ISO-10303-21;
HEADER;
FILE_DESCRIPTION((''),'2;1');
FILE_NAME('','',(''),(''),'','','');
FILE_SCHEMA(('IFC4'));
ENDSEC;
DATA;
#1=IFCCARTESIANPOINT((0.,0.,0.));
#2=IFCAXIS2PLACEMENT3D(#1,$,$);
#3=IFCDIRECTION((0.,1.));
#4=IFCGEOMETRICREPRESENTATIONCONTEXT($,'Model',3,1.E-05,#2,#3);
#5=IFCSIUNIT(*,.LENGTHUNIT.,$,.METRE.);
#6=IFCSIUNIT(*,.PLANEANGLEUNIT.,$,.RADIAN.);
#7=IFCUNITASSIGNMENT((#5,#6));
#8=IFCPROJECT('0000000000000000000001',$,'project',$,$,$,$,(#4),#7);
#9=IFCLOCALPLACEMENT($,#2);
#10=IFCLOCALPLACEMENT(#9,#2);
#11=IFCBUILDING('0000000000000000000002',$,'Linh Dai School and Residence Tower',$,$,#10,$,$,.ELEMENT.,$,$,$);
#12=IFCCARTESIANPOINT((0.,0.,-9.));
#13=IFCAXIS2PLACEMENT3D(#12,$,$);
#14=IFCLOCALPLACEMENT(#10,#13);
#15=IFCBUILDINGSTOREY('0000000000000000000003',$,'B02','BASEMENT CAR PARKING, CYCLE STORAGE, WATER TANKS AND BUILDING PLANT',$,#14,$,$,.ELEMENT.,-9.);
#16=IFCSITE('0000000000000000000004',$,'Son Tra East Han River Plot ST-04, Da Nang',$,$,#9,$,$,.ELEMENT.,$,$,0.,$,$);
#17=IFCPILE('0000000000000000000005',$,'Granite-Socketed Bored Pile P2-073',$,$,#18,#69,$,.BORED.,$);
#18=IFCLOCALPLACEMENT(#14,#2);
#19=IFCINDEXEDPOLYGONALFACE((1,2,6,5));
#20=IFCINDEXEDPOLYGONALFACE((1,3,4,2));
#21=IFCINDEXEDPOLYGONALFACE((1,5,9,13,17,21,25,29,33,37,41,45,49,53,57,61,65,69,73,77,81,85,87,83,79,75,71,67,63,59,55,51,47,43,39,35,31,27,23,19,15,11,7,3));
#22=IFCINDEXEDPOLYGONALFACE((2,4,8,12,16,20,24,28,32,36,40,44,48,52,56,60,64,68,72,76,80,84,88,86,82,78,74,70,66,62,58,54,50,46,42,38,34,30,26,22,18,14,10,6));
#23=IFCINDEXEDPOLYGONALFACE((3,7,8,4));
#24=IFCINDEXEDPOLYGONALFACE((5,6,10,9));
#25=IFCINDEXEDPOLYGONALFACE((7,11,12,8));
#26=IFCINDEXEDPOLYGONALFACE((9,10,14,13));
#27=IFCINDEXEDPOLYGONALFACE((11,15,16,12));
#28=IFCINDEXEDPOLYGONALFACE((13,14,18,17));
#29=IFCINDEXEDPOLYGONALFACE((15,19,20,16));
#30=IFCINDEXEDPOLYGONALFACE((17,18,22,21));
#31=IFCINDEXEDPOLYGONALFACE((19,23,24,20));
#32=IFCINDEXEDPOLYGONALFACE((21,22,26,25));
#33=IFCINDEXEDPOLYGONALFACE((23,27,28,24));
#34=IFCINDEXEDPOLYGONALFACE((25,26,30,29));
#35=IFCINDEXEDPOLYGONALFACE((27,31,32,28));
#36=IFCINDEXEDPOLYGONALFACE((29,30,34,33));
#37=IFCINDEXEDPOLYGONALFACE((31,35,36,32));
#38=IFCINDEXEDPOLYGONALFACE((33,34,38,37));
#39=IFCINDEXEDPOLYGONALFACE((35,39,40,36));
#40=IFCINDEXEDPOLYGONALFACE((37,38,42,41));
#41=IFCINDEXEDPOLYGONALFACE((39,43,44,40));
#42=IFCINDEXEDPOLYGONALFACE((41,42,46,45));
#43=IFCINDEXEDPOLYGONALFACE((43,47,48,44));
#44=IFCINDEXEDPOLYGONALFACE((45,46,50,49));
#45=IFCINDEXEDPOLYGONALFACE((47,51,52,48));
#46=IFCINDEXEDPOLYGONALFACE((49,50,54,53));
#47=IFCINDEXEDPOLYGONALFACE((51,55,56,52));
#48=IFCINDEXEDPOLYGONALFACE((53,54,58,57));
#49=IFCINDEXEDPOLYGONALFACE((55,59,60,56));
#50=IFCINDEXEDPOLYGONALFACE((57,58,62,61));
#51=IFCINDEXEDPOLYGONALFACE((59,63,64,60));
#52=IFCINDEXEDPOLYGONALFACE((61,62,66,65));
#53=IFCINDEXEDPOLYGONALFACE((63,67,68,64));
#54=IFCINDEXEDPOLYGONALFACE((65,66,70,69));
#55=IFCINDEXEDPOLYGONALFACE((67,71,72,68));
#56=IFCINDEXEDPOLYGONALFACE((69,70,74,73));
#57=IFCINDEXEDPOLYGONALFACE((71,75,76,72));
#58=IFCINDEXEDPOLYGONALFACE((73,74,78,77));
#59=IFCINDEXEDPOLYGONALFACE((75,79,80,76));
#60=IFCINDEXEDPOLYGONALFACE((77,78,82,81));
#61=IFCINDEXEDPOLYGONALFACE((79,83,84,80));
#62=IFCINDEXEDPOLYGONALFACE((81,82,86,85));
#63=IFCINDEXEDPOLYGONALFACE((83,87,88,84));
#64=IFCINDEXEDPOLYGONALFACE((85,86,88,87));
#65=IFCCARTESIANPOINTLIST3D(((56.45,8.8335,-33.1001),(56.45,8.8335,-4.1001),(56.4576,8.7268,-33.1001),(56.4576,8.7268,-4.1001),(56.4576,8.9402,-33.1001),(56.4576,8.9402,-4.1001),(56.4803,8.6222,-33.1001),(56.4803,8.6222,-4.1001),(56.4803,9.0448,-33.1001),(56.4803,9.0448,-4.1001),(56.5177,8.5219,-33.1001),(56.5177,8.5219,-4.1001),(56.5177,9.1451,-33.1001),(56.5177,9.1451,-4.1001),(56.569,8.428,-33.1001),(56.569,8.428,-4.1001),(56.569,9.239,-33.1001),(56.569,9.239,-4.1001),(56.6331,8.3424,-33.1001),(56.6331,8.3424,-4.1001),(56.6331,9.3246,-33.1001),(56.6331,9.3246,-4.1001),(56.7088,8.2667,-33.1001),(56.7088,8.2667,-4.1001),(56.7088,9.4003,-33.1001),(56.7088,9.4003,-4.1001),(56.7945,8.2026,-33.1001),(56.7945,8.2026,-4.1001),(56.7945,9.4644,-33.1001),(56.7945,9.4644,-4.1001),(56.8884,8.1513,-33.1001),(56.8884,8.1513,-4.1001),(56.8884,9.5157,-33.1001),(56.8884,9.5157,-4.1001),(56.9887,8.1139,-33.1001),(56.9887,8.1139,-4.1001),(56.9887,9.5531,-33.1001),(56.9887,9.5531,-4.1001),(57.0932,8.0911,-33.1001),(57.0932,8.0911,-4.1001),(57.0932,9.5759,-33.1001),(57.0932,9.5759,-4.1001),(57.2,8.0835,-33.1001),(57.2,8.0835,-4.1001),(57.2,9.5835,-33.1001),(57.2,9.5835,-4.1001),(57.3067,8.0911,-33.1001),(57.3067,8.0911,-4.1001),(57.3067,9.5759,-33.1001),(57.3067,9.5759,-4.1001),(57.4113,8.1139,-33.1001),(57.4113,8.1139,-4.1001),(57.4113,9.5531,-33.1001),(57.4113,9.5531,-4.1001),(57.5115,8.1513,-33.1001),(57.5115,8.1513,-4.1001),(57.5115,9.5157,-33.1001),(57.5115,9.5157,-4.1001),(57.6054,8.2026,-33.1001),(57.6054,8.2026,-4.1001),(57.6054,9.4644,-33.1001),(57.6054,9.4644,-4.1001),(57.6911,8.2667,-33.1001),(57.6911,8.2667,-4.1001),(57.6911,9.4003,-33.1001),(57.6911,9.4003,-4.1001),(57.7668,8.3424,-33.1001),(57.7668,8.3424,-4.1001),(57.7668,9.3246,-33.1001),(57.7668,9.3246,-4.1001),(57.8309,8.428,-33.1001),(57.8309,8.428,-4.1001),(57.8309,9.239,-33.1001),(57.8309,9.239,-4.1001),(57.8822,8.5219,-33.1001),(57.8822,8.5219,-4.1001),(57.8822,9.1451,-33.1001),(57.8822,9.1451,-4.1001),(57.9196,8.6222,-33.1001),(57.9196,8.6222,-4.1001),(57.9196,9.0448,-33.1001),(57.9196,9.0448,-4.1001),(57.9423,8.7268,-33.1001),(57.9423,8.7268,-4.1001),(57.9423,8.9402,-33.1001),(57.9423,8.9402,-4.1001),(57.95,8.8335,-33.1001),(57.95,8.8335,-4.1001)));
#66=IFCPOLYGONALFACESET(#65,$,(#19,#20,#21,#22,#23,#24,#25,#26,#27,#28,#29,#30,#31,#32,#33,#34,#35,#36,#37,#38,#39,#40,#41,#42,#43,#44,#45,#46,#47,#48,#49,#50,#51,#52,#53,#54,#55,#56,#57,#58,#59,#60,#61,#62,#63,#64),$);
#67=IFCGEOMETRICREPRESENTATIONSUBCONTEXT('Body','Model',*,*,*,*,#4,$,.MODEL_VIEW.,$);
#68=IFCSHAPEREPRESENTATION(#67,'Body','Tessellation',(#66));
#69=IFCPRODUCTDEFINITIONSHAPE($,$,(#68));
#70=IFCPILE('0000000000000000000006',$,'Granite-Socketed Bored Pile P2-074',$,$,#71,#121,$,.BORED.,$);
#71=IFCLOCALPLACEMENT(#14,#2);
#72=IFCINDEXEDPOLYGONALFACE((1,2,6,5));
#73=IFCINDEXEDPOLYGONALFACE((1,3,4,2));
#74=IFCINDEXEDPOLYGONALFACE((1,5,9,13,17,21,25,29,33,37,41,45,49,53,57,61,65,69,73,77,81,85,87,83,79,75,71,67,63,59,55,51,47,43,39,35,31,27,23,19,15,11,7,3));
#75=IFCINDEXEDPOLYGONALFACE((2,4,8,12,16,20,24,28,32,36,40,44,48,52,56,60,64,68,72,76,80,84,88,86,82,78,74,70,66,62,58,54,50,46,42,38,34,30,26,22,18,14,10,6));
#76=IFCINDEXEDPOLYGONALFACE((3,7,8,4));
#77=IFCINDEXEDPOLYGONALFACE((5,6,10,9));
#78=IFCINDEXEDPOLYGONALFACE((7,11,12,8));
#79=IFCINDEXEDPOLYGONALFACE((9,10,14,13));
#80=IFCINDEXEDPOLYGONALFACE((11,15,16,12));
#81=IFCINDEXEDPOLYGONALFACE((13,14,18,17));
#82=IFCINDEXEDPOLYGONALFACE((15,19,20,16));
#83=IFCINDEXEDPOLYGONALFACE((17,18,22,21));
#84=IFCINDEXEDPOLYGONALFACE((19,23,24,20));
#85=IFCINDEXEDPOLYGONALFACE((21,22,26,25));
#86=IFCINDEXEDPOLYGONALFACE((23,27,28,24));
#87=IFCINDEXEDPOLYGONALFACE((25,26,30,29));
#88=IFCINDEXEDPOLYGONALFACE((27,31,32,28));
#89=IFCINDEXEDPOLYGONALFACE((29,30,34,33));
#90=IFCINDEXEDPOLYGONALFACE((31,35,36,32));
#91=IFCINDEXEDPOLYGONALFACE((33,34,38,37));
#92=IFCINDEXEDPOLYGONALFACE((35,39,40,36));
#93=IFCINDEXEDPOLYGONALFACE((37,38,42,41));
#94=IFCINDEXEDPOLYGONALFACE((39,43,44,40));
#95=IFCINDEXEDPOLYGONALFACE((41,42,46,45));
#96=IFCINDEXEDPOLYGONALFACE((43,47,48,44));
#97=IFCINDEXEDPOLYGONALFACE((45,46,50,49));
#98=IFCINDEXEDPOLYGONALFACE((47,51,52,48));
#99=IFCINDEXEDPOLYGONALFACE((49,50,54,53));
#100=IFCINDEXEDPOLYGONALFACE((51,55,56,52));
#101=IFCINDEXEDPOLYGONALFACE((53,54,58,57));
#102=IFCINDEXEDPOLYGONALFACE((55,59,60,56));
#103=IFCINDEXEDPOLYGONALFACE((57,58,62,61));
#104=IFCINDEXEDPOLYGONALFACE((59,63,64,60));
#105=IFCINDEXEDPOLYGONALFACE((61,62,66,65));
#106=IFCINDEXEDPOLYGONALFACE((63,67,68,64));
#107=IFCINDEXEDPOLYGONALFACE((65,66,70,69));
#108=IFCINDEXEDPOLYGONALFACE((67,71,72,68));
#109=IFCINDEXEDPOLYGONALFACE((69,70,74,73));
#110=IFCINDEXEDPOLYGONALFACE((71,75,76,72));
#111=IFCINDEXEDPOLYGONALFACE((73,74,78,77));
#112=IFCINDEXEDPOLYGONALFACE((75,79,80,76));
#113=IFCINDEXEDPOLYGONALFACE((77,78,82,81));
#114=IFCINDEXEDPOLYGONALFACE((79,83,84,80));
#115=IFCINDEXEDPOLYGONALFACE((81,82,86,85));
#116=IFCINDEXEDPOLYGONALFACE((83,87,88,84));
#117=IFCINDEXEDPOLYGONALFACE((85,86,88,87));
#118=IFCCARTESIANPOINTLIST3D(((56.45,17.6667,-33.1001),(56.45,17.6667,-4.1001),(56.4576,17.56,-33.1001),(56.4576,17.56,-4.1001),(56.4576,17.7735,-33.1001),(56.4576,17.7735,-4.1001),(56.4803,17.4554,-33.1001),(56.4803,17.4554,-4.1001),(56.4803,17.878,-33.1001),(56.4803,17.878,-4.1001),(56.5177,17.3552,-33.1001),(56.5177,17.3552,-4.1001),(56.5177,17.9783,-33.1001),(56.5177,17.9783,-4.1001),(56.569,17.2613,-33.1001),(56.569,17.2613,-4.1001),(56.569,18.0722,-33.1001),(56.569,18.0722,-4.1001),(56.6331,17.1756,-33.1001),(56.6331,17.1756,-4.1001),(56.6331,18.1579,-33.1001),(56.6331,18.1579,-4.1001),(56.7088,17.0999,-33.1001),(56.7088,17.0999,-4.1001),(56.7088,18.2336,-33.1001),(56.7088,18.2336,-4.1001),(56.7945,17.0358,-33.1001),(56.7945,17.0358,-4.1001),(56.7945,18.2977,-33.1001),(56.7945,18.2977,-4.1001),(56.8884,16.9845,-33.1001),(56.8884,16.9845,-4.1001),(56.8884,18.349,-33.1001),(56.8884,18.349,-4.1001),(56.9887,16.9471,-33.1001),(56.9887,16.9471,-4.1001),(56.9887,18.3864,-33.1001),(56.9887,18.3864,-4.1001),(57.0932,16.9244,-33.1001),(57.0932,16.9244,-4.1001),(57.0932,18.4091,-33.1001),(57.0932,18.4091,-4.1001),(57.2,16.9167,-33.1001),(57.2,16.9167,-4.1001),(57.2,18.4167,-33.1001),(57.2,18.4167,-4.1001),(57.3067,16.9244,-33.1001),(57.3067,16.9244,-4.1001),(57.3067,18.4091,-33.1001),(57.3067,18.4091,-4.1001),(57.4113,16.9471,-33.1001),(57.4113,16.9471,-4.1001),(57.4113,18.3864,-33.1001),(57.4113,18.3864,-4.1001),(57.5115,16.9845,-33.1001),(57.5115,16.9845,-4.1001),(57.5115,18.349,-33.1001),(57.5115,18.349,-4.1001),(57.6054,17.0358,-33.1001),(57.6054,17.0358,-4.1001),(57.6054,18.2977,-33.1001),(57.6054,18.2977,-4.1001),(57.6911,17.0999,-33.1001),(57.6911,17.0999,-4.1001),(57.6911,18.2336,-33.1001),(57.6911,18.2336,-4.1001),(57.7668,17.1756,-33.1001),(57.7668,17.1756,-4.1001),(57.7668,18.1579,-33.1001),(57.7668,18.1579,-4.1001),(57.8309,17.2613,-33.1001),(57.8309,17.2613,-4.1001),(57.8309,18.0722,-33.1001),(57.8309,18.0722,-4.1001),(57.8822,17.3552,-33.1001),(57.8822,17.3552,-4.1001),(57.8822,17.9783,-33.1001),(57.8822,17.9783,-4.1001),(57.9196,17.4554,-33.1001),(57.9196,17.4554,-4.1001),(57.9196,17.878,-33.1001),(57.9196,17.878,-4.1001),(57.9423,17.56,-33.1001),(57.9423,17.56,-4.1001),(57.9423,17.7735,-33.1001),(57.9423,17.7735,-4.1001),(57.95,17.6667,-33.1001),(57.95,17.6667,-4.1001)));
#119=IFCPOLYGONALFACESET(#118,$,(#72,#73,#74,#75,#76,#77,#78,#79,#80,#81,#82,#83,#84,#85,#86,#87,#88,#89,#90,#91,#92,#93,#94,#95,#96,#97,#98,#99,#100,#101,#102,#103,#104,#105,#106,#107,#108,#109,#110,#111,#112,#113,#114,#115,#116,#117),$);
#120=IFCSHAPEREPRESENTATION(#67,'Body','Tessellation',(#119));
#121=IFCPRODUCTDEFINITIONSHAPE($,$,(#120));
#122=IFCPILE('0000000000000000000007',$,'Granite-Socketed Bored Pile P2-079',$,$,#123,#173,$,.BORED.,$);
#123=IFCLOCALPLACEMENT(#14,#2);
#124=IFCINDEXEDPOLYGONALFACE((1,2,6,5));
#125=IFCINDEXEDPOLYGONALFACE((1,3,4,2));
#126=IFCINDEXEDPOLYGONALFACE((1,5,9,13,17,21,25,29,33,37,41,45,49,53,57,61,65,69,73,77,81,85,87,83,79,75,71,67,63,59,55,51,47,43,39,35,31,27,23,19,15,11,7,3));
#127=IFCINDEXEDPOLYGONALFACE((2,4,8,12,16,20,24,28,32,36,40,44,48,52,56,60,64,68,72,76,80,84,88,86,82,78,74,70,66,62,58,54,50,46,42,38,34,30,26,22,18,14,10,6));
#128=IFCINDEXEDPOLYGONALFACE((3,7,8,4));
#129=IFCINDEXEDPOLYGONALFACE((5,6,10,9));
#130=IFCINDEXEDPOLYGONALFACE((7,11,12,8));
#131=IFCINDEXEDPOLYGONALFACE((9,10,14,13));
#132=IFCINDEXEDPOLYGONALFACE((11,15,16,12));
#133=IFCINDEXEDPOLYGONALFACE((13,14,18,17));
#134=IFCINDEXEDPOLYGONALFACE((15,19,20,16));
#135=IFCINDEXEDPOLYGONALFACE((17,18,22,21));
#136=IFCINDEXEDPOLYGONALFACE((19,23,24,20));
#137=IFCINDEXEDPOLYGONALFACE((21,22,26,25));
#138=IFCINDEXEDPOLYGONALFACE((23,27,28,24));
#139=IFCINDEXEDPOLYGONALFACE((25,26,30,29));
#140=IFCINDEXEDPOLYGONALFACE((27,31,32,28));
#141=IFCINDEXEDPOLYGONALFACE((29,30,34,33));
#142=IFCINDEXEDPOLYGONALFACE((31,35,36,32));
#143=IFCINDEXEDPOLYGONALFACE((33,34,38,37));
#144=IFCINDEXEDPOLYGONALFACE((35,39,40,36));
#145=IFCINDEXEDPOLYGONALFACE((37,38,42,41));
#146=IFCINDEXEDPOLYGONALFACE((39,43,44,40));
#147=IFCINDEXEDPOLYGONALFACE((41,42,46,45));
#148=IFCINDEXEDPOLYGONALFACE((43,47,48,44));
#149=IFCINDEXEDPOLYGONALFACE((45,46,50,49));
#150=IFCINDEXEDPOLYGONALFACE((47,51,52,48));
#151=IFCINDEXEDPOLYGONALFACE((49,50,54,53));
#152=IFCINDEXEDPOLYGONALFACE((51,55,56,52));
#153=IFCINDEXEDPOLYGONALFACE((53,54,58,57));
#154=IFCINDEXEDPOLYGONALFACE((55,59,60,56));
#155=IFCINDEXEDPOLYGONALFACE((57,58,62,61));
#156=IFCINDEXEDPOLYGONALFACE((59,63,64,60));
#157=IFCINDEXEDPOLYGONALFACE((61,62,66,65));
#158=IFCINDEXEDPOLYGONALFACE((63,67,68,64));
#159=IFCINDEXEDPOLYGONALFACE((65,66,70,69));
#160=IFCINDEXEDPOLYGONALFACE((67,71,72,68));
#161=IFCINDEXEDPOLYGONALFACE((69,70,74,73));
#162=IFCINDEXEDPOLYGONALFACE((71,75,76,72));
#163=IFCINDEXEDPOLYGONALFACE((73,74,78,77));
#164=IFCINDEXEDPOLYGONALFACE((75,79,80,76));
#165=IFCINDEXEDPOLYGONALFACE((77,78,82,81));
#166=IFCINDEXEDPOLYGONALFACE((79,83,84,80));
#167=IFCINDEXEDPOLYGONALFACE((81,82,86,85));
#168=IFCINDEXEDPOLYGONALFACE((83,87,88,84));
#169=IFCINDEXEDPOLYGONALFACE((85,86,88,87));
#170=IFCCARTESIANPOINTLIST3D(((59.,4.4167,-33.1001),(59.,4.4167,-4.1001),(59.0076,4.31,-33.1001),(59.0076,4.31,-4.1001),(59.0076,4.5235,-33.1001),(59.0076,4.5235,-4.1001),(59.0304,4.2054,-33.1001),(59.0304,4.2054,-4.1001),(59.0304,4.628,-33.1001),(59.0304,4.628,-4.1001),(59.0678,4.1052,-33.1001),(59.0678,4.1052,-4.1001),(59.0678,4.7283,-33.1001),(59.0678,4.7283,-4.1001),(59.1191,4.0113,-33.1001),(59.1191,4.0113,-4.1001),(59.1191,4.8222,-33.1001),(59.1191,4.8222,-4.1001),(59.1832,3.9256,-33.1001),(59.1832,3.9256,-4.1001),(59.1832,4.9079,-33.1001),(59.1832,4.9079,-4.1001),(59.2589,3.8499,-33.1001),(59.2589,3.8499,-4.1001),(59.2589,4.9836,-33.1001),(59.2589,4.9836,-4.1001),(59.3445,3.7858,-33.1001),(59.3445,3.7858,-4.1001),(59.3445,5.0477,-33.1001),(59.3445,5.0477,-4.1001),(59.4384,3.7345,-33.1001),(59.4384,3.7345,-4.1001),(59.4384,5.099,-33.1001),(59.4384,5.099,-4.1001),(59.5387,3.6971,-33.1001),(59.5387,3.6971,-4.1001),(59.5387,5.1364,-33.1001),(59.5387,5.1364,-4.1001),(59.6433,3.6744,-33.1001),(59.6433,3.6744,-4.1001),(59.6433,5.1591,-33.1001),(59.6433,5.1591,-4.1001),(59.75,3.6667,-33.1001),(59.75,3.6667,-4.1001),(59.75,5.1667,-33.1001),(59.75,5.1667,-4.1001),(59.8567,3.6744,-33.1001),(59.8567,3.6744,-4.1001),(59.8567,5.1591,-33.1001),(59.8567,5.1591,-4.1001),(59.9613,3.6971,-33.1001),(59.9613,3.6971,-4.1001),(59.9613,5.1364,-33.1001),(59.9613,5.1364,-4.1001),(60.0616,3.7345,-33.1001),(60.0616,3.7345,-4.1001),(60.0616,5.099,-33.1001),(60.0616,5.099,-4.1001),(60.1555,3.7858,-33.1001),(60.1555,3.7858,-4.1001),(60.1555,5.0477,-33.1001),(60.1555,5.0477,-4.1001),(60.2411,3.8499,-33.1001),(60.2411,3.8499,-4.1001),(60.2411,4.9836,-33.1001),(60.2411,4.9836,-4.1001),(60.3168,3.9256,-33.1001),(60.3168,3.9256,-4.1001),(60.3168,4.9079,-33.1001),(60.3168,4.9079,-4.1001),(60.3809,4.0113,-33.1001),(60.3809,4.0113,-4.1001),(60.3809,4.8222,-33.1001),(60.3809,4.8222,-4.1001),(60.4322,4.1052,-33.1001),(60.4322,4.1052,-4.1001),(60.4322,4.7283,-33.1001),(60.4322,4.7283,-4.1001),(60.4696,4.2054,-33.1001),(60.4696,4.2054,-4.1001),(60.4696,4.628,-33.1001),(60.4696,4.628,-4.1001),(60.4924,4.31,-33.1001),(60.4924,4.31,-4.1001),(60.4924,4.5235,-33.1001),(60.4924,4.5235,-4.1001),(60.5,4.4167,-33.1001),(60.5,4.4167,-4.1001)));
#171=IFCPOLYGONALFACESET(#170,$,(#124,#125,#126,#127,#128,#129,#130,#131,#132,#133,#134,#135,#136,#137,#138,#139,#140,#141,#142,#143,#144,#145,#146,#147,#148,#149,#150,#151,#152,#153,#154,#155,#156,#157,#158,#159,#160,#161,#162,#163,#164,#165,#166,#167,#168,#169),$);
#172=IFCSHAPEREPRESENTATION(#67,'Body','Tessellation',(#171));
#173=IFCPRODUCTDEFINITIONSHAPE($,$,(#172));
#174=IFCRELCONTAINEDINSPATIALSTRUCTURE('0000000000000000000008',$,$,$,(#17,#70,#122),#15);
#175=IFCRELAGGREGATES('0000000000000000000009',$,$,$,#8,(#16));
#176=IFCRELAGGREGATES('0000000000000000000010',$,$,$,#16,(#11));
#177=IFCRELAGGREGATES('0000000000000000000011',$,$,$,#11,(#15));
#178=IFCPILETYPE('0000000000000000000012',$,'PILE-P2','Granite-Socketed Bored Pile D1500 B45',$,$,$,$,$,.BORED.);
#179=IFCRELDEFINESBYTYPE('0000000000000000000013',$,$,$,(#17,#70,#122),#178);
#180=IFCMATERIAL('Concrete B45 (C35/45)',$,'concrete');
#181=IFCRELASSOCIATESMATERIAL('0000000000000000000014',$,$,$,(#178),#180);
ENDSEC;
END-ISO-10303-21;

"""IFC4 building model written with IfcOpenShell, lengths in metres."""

from ifc_helpers import new_model, si_unit, direction, frame, origin, origin_2d, place, context, subcontext, project, spatial, circle, extrude, material, material_profile, profile_set, type_object, element, save


model = new_model("IFC4")

# Units and contexts
model_context = context("Model", 3, precision=1e-05, world=origin(), true_north=direction((0.0, 1.0)))
body_context = subcontext(model_context, "Body", "Model", "MODEL_VIEW")
ifc_project = project(units=[si_unit("LENGTHUNIT", "METRE"), si_unit("PLANEANGLEUNIT", "RADIAN")], contexts=[model_context])

# Site, building, storey
site_placement = place(None, origin())
site = spatial("IfcSite", under=ifc_project, at=site_placement, Name="Son Tra East Han River Plot ST-04, Da Nang", CompositionType="ELEMENT", RefElevation=0.0)
building_placement = place(site_placement, origin())
building = spatial("IfcBuilding", under=site, at=building_placement, Name="Linh Dai School and Residence Tower", CompositionType="ELEMENT")
storey_placement = place(building_placement, frame((0.0, 0.0, -9.0)))
storey = spatial("IfcBuildingStorey", under=building, at=storey_placement, Name="B02", Description="BASEMENT CAR PARKING, CYCLE STORAGE, WATER TANKS AND BUILDING PLANT", CompositionType="ELEMENT", Elevation=-9.0)

# Piles
ifc_material_1 = material(Name="Concrete B45 (C35/45)", Category="concrete")
ifc_material_profile_1 = material_profile(ifc_material_1, circle(Radius=0.75, at=origin_2d()), Name="PILE D1500")
ifc_profile_set_1 = profile_set([ifc_material_profile_1], Name="Concrete B45 (C35/45)")
pile_type_1 = type_object("IfcPileType", Name="PILE-P2", Description="Granite-Socketed Bored Pile D1500 B45", PredefinedType="BORED", material=ifc_profile_set_1)
for number, where, z_axis, x_axis, name in (
    (1, (57.2, 8.8335, -4.1001), (0.0, 0.0, -1.0), (1.0, 0.0, 0.0), "Granite-Socketed Bored Pile P2-073"),
    (2, (57.2, 17.6667, -4.1001), (0.0, 0.0, -1.0), (1.0, 0.0, 0.0), "Granite-Socketed Bored Pile P2-074"),
    (3, (59.75, 4.4167, -4.1001), (0.0, 0.0, -1.0), (1.0, 0.0, 0.0), "Granite-Socketed Bored Pile P2-079"),
):
    element("IfcPile", number, at=place(storey_placement, frame(where, z_axis=z_axis, x_axis=x_axis)), inside=storey, type_object=pile_type_1, Name=name, PredefinedType="BORED", context=body_context, shape_type="SweptSolid", body=[
        extrude(circle(Radius=0.75, at=origin_2d()), origin(), (0.0, 0.0, 1.0), 29.0),
    ])

save(model, "model.ifc")
